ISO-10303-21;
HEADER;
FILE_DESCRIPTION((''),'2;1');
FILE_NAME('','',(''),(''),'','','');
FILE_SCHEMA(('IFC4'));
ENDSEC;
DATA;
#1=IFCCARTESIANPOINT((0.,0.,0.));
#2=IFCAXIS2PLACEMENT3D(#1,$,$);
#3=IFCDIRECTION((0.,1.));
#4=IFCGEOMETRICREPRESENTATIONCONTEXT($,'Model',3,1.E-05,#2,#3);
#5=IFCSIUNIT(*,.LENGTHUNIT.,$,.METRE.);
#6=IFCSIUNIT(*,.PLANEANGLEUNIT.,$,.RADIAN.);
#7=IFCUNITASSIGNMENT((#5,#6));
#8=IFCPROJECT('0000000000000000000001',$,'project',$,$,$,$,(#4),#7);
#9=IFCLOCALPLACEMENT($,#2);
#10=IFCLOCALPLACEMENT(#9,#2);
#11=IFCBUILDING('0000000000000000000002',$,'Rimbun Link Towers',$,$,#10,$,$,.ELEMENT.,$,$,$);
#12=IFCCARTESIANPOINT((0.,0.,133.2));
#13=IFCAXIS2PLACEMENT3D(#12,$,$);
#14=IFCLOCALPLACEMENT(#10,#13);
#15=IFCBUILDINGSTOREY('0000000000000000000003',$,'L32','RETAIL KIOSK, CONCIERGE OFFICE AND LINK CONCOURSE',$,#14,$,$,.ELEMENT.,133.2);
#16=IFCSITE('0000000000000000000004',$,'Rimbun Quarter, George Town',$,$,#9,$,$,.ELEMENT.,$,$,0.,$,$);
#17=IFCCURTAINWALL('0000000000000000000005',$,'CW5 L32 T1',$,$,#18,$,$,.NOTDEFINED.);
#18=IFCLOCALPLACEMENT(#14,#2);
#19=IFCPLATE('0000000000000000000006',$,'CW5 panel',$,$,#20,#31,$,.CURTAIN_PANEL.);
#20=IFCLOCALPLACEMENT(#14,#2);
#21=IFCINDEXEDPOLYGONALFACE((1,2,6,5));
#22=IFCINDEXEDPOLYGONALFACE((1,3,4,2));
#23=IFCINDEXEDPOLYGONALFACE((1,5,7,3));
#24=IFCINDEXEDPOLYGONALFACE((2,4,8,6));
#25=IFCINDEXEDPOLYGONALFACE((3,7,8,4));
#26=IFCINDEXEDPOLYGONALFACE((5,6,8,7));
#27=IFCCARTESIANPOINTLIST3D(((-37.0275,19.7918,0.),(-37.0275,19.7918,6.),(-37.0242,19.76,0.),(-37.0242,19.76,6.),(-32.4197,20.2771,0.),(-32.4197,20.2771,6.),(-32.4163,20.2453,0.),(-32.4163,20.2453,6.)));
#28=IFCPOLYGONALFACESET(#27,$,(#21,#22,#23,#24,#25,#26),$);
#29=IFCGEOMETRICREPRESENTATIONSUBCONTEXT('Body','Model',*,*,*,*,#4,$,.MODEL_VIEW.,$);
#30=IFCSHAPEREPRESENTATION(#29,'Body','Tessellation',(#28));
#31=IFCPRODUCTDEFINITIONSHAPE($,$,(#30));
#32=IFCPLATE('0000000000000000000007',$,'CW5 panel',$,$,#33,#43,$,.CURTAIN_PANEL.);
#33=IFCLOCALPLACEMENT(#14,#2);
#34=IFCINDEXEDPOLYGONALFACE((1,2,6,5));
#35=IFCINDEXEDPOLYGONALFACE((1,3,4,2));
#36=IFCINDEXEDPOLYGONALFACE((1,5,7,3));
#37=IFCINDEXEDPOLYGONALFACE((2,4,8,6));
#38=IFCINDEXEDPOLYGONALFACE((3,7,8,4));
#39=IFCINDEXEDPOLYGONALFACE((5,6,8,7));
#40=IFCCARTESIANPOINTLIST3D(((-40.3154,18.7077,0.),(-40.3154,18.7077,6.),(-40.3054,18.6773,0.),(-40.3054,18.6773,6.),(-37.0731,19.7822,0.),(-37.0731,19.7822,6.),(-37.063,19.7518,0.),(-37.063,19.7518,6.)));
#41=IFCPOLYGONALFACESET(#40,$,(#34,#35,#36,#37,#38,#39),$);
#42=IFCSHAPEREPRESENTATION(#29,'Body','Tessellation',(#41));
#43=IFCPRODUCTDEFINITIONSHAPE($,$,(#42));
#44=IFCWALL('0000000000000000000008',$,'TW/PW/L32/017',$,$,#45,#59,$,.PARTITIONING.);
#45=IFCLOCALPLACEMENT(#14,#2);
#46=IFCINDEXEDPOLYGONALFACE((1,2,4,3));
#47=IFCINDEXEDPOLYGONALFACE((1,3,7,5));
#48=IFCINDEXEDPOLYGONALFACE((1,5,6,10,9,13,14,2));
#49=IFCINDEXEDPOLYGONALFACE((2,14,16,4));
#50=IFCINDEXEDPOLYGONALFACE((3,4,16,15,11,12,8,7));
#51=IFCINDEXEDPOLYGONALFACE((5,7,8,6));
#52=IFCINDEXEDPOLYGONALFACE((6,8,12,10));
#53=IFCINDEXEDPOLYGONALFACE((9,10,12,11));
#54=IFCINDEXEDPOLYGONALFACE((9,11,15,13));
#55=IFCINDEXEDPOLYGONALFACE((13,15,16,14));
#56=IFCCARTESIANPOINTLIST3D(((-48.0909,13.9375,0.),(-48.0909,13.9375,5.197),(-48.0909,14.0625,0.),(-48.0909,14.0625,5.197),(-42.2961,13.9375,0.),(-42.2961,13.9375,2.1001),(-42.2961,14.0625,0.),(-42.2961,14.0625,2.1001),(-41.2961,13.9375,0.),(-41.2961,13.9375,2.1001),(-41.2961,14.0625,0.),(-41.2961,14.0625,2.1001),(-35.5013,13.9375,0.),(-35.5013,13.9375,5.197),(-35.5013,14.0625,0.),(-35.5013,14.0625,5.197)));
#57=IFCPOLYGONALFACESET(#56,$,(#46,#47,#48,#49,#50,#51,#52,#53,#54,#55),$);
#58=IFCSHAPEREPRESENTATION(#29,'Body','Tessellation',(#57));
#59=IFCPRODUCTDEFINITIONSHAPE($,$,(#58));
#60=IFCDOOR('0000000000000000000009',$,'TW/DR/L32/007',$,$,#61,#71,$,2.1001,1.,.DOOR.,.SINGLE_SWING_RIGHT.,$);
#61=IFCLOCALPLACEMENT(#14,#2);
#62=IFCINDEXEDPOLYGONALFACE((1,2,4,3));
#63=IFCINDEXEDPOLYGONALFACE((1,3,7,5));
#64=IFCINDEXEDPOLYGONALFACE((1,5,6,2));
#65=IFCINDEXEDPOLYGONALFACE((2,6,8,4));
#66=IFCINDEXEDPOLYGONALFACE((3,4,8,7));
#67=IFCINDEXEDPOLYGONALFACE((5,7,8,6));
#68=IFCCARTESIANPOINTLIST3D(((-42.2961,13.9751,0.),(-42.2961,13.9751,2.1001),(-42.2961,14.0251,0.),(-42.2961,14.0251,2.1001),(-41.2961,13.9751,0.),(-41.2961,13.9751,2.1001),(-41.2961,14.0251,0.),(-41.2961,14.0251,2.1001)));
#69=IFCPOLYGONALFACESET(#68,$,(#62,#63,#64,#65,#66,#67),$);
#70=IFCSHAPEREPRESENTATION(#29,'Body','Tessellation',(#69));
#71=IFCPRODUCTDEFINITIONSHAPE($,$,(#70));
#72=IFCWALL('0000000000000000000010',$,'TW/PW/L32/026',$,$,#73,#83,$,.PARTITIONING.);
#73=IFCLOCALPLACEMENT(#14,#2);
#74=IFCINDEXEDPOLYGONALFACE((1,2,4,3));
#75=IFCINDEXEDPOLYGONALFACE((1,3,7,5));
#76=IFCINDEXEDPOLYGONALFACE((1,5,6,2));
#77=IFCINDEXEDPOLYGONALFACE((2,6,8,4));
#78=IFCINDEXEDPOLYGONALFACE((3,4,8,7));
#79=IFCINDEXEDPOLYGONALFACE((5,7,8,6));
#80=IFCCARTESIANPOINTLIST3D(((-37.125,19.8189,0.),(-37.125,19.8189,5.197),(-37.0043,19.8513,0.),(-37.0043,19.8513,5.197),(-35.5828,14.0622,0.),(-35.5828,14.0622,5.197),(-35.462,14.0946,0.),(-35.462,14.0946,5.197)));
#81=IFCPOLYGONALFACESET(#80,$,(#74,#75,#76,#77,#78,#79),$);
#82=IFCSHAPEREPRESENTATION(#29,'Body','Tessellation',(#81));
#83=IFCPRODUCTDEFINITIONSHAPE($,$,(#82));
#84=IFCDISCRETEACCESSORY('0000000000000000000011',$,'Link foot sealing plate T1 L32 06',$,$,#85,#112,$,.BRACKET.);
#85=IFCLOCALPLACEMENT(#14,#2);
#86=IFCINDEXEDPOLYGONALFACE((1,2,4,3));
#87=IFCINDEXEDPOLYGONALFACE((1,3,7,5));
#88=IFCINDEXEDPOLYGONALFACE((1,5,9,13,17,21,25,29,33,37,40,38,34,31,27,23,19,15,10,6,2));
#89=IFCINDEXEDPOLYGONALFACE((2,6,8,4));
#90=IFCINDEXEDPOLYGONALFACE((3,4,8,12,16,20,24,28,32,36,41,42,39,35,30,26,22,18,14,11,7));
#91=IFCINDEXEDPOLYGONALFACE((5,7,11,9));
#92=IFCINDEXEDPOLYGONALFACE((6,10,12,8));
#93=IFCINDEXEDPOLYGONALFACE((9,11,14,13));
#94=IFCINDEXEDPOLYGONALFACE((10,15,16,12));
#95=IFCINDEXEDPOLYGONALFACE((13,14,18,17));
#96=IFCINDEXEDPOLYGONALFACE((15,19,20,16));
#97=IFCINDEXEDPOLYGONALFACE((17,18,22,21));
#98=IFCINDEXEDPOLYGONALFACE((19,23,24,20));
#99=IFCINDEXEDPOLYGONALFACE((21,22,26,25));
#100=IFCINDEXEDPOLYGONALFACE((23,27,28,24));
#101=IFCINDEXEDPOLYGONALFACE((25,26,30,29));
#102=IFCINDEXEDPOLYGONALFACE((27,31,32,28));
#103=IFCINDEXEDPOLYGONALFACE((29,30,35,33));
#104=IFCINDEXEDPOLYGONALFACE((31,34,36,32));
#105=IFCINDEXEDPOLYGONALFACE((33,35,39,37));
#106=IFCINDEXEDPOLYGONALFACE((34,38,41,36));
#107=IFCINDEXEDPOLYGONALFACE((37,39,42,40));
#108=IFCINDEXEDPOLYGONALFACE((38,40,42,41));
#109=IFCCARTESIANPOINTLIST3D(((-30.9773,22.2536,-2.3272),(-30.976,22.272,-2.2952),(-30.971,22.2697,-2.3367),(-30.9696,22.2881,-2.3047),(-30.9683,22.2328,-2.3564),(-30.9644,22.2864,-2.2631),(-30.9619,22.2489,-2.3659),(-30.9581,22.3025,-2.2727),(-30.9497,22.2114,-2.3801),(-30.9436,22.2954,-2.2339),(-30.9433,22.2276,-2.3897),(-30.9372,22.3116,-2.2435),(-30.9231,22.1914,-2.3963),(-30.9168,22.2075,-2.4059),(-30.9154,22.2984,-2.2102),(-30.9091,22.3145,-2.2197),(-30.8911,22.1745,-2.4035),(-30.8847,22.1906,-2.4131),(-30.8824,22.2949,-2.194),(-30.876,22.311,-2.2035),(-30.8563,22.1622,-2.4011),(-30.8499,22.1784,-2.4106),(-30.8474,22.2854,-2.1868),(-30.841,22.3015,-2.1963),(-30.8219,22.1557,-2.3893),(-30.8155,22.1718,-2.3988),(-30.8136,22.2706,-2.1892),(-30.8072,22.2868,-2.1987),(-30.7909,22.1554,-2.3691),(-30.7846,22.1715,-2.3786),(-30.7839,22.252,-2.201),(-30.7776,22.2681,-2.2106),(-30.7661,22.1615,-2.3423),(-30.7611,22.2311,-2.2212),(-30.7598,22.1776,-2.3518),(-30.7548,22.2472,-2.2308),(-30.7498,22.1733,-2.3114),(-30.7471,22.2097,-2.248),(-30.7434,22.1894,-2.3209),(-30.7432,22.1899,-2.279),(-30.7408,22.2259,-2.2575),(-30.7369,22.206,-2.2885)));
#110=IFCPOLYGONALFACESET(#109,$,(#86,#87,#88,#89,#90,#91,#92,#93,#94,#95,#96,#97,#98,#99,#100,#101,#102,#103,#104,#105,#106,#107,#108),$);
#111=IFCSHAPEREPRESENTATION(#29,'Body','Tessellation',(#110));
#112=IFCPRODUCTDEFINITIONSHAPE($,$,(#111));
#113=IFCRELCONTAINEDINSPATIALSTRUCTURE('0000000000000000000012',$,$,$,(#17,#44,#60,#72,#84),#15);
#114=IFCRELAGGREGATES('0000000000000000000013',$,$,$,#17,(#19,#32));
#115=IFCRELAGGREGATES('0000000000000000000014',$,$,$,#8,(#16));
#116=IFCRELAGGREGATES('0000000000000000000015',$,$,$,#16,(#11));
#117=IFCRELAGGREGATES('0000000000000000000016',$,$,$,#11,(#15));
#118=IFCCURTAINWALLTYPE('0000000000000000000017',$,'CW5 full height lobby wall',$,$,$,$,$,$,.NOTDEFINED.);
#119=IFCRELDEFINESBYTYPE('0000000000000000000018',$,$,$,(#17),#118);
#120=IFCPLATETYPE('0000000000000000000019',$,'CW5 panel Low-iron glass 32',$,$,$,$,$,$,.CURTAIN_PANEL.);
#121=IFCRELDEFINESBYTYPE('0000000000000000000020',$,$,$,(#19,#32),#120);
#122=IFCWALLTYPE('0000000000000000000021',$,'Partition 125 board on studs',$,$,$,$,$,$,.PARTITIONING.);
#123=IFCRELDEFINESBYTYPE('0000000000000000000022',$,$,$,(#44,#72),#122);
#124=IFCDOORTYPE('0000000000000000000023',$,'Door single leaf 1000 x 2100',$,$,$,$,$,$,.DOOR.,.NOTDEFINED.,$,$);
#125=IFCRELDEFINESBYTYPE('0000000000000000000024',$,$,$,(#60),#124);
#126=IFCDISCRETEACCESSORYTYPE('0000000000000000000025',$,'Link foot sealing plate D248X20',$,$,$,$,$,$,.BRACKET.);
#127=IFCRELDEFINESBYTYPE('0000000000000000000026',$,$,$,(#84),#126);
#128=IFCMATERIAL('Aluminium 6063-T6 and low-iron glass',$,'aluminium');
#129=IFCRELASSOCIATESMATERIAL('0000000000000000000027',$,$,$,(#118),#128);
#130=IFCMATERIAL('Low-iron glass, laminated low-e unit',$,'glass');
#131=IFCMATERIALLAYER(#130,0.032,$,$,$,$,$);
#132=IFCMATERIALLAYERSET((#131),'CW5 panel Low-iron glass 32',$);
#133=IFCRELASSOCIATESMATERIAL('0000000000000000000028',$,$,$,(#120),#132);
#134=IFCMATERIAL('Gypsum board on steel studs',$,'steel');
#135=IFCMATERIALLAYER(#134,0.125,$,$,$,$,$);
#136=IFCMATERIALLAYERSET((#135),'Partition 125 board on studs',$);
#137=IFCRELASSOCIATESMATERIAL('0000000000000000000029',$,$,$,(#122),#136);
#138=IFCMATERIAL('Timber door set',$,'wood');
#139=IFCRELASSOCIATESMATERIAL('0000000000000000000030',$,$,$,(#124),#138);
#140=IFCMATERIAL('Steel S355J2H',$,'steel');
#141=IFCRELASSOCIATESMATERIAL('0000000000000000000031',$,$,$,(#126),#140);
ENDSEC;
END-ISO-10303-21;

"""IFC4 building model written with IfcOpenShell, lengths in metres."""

from ifc_helpers import new_model, si_unit, direction, frame, frame_2d, origin, origin_2d, place, context, subcontext, project, spatial, rectangle, circle, extrude, material, layer, layer_set, material_profile, profile_set, type_object, element, fill, aggregate, save


model = new_model("IFC4")

# Units and contexts
model_context = context("Model", 3, precision=1e-05, world=origin(), true_north=direction((0.0, 1.0)))
body_context = subcontext(model_context, "Body", "Model", "MODEL_VIEW")
ifc_project = project(units=[si_unit("LENGTHUNIT", "METRE"), si_unit("PLANEANGLEUNIT", "RADIAN")], contexts=[model_context])

# Site, building, storey
site_placement = place(None, origin())
site = spatial("IfcSite", under=ifc_project, at=site_placement, Name="Rimbun Quarter, George Town", CompositionType="ELEMENT", RefElevation=0.0)
building_placement = place(site_placement, origin())
building = spatial("IfcBuilding", under=site, at=building_placement, Name="Rimbun Link Towers", CompositionType="ELEMENT")
storey_placement = place(building_placement, frame((0.0, 0.0, 133.2)))
storey = spatial("IfcBuildingStorey", under=building, at=storey_placement, Name="L32", Description="RETAIL KIOSK, CONCIERGE OFFICE AND LINK CONCOURSE", CompositionType="ELEMENT", Elevation=133.2)

# Curtain wall
ifc_material_1 = material(Name="Aluminium 6063-T6 and low-iron glass", Category="aluminium")
curtain_wall_type = type_object("IfcCurtainWallType", Name="CW5 full height lobby wall", PredefinedType="NOTDEFINED", material=ifc_material_1)
curtain_wall_placement = place(storey_placement, origin())
curtain_wall = element("IfcCurtainWall", 1, at=curtain_wall_placement, inside=storey, type_object=curtain_wall_type, Name="CW5 L32 T1", PredefinedType="NOTDEFINED")

# Plates
ifc_material_2 = material(Name="Low-iron glass, laminated low-e unit", Category="glass")
ifc_layer_1 = layer(ifc_material_2, 0.032)
ifc_layer_set_1 = layer_set([ifc_layer_1], Name="CW5 panel Low-iron glass 32")
plate_type = type_object("IfcPlateType", Name="CW5 panel Low-iron glass 32", PredefinedType="CURTAIN_PANEL", material=ifc_layer_set_1)
plate_1_placement = place(storey_placement, frame((-34.7219, 20.0186, 0.0), z_axis=(0.0, 0.0, 1.0), x_axis=(0.994499, 0.104745, 0.0)))
plate_1 = element("IfcPlate", 2, at=plate_1_placement, type_object=plate_type, Name="CW5 panel", PredefinedType="CURTAIN_PANEL", context=body_context, shape_type="SweptSolid", body=[
    extrude(rectangle(XDim=4.6333, YDim=0.032, at=origin_2d()), origin(), (0.0, 0.0, 1.0), 6.0),
])
plate_2_placement = place(storey_placement, frame((-38.6892, 19.2297, 0.0), z_axis=(0.0, 0.0, 1.0), x_axis=(0.949235, 0.314568, 0.0)))
plate_2 = element("IfcPlate", 3, at=plate_2_placement, type_object=plate_type, Name="CW5 panel", PredefinedType="CURTAIN_PANEL", context=body_context, shape_type="SweptSolid", body=[
    extrude(rectangle(XDim=3.4158, YDim=0.032, at=origin_2d()), origin(), (0.0, 0.0, 1.0), 6.0),
])
aggregate(curtain_wall, [plate_1, plate_2])

# Wall, opening, door
ifc_material_3 = material(Name="Gypsum board on steel studs", Category="steel")
ifc_layer_2 = layer(ifc_material_3, 0.125)
ifc_layer_set_2 = layer_set([ifc_layer_2], Name="Partition 125 board on studs")
wall_type = type_object("IfcWallType", Name="Partition 125 board on studs", PredefinedType="PARTITIONING", material=ifc_layer_set_2)
wall_1_placement = place(storey_placement, frame((-35.5012, 14.0, 0.0), z_axis=(0.0, 0.0, 1.0), x_axis=(-1.0, 0.0, 0.0)))
wall_1 = element("IfcWall", 4, at=wall_1_placement, inside=storey, type_object=wall_type, Name="TW/PW/L32/017", PredefinedType="PARTITIONING", context=body_context, shape_type="SweptSolid", body=[
    extrude(rectangle(XDim=12.5896, YDim=0.125, at=frame_2d((6.2949, 0.0))), origin(), (0.0, 0.0, 1.0), 5.197),
])
opening_placement = place(wall_1_placement, frame((5.7949, 0.0, 0.0)))
opening = element("IfcOpeningElement", 5, at=opening_placement, cuts=wall_1, PredefinedType="OPENING", context=body_context, shape_type="SweptSolid", body=[
    extrude(rectangle(XDim=1.0, YDim=2.1001, at=frame_2d((0.5, 1.05))), frame((0.0, 0.0725, 0.0), z_axis=(0.0, -1.0, 0.0), x_axis=(1.0, 0.0, 0.0)), (0.0, 0.0, 1.0), 0.145),
])
ifc_material_4 = material(Name="Timber door set", Category="wood")
door_type = type_object("IfcDoorType", Name="Door single leaf 1000 x 2100", OperationType="NOTDEFINED", PredefinedType="DOOR", material=ifc_material_4)
door_placement = place(opening_placement, origin())
door = element("IfcDoor", 6, at=door_placement, inside=storey, type_object=door_type, Name="TW/DR/L32/007", OperationType="SINGLE_SWING_RIGHT", OverallHeight=2.1001, OverallWidth=1.0, PredefinedType="DOOR", context=body_context, shape_type="SweptSolid", body=[
    extrude(rectangle(XDim=1.0, YDim=2.1001, at=frame_2d((0.5, 1.05))), frame((0.0, 0.0249, 0.0), z_axis=(0.0, -1.0, 0.0), x_axis=(1.0, 0.0, 0.0)), (0.0, 0.0, 1.0), 0.05),
])
fill(opening, door)

# Wall
wall_2_placement = place(storey_placement, frame((-37.0647, 19.8352, 0.0), z_axis=(0.0, 0.0, 1.0), x_axis=(0.258782, -0.965936, 0.0)))
element("IfcWall", 7, at=wall_2_placement, inside=storey, type_object=wall_type, Name="TW/PW/L32/026", PredefinedType="PARTITIONING", context=body_context, shape_type="SweptSolid", body=[
    extrude(rectangle(XDim=5.9597, YDim=0.125, at=frame_2d((2.98, 0.0))), origin(), (0.0, 0.0, 1.0), 5.197),
])

# Discrete accessory
ifc_material_5 = material(Name="Steel S355J2H", Category="steel")
ifc_material_profile_1 = material_profile(ifc_material_5, circle(Radius=0.124, at=origin_2d()), Name="PL D248")
ifc_profile_set_1 = profile_set([ifc_material_profile_1], Name="Steel S355J2H")
discrete_accessory_type = type_object("IfcDiscreteAccessoryType", Name="Link foot sealing plate D248X20", PredefinedType="BRACKET", material=ifc_profile_set_1)
discrete_accessory_placement = place(storey_placement, frame((-30.8606, 22.2266, -2.2952), z_axis=(0.321184, 0.815312, -0.481775), x_axis=(-0.930408, 0.366525, 0.0)))
element("IfcDiscreteAccessory", 8, at=discrete_accessory_placement, inside=storey, type_object=discrete_accessory_type, Name="Link foot sealing plate T1 L32 06", PredefinedType="BRACKET", context=body_context, shape_type="SweptSolid", body=[
    extrude(circle(Radius=0.124, at=origin_2d()), origin(), (0.0, 0.0, 1.0), 0.0198),
])

save(model, "model.ifc")
